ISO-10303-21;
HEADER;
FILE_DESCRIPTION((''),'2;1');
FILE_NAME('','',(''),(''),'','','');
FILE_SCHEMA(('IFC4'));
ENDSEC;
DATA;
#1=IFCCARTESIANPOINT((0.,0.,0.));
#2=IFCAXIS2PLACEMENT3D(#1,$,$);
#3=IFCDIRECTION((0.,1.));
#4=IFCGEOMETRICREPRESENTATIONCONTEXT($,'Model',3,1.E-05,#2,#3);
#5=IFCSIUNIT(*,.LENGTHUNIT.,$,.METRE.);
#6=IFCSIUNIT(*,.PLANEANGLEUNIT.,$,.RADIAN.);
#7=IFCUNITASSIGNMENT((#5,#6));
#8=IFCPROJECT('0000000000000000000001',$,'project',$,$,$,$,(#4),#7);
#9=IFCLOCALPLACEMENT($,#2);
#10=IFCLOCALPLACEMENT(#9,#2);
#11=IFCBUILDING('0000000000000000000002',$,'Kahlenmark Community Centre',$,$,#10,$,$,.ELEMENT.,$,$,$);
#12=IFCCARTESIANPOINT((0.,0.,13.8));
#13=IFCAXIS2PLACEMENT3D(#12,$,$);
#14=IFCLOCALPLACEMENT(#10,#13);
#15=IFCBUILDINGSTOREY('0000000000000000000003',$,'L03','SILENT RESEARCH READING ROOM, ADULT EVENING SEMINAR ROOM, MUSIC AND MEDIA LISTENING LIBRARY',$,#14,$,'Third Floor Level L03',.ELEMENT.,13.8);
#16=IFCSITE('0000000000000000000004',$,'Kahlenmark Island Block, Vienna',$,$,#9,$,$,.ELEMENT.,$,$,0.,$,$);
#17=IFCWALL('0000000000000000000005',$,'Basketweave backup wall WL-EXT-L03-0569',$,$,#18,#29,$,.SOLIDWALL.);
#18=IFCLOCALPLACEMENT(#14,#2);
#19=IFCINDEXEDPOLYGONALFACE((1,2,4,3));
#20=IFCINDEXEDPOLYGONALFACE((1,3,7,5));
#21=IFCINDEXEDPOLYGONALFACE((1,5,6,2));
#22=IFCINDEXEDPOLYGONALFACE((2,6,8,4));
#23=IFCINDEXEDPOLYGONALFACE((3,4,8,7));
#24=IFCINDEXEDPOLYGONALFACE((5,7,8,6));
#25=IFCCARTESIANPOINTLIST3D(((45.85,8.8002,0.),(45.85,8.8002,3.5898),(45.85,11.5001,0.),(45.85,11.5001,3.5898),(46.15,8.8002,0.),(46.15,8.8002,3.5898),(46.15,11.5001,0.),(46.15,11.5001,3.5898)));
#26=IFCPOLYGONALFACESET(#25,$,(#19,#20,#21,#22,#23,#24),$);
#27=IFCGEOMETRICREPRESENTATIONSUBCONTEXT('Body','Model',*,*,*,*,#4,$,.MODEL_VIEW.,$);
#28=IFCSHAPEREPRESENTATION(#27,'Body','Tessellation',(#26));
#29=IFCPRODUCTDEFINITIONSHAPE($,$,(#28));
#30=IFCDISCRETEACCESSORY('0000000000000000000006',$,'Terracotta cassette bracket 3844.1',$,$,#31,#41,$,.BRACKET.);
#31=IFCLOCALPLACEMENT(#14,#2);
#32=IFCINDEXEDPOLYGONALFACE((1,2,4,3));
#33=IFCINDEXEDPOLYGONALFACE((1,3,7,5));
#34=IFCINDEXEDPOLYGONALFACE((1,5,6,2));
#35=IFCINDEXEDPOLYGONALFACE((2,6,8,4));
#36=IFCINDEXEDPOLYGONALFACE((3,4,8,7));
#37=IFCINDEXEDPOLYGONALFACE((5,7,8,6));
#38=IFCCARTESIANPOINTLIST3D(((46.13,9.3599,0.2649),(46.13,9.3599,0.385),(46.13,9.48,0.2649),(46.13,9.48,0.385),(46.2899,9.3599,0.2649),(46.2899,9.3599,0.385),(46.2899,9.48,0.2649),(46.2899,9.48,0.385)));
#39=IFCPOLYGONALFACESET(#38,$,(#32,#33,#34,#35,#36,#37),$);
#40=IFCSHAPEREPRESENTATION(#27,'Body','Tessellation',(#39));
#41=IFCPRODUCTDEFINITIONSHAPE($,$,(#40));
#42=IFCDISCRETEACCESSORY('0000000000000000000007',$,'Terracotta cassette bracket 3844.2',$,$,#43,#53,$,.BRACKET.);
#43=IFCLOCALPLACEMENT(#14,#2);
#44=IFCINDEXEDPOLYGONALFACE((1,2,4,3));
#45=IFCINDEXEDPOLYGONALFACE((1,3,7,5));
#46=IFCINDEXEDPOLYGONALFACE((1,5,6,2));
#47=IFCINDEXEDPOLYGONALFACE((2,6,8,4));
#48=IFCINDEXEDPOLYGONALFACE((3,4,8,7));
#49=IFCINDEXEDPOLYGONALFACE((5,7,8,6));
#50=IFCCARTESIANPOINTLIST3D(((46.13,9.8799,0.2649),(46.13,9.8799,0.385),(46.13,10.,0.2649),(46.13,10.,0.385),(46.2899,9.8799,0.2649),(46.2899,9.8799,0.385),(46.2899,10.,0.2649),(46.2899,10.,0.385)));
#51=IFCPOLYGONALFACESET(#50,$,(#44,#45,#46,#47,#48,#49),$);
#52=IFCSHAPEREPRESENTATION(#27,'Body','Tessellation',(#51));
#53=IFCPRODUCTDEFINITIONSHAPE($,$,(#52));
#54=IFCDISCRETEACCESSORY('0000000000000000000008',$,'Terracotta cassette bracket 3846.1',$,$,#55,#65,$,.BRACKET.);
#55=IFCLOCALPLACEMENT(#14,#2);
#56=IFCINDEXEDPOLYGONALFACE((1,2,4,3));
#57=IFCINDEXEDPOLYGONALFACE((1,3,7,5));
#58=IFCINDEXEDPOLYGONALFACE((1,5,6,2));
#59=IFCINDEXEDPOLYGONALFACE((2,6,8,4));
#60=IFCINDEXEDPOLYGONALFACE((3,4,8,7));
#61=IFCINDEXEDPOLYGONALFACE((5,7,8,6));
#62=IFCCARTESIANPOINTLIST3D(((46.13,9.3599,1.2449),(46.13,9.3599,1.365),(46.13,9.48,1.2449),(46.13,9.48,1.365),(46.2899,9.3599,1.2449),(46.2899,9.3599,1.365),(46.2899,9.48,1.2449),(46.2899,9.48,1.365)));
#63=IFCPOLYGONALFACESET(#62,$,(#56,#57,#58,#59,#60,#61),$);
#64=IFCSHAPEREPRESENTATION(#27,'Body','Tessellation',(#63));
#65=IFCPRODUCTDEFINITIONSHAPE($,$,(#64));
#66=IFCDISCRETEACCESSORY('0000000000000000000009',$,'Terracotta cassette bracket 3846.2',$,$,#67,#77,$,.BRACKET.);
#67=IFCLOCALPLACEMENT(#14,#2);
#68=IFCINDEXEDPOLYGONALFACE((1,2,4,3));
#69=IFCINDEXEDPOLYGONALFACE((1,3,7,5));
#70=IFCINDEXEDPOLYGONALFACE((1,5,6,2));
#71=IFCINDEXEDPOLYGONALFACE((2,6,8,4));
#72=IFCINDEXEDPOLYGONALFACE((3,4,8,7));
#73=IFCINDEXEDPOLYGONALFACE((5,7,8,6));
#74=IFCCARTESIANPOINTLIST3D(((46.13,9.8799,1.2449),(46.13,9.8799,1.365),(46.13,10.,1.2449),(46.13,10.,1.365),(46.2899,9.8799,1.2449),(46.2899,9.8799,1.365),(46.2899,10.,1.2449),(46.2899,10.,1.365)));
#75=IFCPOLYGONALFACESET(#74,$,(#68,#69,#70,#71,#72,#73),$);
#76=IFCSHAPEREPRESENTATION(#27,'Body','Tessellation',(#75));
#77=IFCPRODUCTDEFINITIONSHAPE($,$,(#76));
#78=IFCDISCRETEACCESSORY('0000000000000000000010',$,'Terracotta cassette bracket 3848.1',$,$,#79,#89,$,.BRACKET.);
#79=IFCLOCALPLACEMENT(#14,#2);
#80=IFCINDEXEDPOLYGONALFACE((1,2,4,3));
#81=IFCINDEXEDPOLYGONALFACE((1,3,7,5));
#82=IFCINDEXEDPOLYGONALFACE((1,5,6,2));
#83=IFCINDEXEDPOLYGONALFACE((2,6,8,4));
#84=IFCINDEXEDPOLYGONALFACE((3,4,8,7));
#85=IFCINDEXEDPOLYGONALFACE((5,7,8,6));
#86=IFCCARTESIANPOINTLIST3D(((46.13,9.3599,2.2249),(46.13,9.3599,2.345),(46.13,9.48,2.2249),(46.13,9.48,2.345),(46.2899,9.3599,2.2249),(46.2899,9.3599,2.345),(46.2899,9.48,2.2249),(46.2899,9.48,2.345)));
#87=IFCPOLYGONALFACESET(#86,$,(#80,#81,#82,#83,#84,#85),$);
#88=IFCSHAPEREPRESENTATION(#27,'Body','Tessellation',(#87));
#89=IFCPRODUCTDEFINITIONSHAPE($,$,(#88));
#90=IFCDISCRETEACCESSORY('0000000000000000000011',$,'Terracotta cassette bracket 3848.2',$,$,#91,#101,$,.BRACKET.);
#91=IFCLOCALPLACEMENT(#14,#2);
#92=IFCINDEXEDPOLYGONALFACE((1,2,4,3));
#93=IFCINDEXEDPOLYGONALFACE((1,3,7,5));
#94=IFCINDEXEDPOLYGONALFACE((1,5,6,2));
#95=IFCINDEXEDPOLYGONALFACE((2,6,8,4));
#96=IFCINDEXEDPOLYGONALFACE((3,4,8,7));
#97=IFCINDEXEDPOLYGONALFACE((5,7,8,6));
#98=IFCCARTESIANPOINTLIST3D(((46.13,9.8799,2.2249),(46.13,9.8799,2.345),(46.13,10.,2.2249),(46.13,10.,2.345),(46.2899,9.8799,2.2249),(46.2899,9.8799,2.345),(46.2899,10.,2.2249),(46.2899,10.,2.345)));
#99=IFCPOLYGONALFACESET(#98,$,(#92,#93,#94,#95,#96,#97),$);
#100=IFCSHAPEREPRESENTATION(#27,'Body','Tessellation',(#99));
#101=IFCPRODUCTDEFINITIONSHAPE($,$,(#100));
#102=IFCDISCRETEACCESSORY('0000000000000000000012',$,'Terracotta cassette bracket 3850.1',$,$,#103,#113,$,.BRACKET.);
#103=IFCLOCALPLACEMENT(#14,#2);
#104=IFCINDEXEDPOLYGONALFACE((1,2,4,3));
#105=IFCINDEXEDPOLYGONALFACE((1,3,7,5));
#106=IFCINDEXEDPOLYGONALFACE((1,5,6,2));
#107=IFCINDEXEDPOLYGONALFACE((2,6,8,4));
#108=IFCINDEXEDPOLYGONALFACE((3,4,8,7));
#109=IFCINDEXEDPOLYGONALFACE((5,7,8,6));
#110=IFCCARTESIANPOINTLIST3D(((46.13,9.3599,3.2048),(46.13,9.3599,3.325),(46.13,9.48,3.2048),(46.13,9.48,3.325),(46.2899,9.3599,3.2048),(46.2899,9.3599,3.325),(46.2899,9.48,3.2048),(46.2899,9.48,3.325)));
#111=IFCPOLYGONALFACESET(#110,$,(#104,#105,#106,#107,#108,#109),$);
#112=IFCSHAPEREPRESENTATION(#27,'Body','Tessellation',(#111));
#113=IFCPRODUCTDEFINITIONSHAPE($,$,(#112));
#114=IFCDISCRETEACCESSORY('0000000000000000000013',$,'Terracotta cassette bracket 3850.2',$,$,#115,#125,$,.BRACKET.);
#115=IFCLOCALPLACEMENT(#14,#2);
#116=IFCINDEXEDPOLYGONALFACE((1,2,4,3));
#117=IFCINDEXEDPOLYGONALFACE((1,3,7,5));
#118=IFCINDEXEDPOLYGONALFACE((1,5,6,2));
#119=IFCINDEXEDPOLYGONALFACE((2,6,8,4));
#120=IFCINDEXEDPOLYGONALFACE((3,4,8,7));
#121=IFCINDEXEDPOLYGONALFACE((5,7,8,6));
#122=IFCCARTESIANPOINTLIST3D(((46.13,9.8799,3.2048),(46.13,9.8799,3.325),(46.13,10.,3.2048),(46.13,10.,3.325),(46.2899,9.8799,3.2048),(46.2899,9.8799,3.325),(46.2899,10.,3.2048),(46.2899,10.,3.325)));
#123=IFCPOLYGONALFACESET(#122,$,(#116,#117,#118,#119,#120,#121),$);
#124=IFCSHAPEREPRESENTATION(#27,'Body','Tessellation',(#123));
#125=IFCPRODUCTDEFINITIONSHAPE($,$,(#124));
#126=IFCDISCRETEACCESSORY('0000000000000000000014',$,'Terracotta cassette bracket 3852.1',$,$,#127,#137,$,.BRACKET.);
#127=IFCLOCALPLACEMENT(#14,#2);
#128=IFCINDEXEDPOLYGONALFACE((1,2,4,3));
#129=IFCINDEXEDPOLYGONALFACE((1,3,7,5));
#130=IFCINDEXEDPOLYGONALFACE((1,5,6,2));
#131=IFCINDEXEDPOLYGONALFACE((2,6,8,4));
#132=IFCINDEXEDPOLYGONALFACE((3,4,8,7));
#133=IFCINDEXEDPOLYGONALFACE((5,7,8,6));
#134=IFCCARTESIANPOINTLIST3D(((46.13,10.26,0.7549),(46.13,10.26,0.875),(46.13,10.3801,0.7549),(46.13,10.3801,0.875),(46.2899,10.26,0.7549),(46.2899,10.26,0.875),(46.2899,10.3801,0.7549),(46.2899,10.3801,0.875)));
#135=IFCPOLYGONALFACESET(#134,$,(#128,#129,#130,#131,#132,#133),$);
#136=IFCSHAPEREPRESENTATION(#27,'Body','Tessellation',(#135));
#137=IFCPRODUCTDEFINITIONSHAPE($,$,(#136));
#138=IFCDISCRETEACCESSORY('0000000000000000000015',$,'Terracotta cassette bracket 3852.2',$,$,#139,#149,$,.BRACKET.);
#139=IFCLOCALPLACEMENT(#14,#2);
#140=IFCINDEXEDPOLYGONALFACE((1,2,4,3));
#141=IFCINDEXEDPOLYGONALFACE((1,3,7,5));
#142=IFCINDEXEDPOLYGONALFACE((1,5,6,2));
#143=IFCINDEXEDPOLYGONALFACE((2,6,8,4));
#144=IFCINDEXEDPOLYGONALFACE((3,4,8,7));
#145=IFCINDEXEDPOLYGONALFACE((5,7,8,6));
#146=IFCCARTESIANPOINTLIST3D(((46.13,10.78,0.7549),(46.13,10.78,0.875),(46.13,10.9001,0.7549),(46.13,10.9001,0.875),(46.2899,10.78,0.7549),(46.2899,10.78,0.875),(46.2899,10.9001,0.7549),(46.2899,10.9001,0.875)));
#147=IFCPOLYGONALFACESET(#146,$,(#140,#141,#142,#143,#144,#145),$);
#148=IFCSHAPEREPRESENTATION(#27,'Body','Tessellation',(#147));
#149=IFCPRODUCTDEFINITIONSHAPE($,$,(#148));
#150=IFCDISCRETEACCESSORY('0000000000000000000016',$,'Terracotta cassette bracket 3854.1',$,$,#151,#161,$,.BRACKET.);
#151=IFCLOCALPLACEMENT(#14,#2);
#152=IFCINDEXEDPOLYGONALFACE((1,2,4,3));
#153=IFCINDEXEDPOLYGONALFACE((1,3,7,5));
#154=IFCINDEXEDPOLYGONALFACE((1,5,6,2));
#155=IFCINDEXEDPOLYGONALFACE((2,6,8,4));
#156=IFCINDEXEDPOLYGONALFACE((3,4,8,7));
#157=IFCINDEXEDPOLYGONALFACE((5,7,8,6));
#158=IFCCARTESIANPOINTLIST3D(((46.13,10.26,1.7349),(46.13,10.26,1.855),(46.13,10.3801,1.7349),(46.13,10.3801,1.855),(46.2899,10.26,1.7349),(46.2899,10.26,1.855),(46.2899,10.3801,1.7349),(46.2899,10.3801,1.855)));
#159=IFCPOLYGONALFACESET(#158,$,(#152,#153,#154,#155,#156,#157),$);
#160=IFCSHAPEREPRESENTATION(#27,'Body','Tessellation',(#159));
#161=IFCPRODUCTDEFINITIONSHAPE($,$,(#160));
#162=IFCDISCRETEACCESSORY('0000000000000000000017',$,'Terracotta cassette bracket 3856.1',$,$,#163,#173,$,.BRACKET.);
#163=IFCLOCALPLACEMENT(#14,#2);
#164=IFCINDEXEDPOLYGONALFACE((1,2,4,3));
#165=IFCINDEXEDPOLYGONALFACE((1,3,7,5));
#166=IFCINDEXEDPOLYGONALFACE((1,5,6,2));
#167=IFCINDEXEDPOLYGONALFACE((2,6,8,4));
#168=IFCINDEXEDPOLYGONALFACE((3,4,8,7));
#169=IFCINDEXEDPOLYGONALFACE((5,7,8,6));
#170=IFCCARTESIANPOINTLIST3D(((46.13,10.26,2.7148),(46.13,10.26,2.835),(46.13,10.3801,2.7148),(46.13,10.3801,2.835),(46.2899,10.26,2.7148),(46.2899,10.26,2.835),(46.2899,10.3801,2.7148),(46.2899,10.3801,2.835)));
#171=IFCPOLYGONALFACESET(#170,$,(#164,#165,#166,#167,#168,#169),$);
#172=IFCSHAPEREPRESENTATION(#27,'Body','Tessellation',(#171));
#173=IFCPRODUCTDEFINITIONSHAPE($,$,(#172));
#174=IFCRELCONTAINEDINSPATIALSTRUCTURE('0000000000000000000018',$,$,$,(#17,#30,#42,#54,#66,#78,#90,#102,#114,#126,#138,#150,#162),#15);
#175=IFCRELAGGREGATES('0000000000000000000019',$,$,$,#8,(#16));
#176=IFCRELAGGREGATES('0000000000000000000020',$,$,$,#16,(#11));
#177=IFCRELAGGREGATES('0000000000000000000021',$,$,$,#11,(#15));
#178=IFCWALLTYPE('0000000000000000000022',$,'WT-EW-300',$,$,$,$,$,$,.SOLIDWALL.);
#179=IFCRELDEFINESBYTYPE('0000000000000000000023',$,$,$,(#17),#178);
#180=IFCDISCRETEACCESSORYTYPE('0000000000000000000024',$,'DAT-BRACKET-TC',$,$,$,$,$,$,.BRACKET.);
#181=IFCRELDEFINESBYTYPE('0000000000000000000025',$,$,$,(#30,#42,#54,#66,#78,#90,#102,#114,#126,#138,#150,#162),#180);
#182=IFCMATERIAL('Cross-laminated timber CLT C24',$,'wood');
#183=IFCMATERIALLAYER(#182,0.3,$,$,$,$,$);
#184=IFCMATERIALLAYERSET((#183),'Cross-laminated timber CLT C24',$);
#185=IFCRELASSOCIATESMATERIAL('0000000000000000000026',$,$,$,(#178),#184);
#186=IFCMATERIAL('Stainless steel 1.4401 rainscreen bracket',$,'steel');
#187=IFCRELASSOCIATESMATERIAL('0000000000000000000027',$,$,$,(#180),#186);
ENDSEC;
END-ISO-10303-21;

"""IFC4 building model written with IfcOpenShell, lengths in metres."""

from ifc_helpers import new_model, si_unit, direction, frame, frame_2d, origin, origin_2d, place, context, subcontext, project, spatial, rectangle, extrude, material, layer, layer_set, type_object, element, save


model = new_model("IFC4")

# Units and contexts
model_context = context("Model", 3, precision=1e-05, world=origin(), true_north=direction((0.0, 1.0)))
body_context = subcontext(model_context, "Body", "Model", "MODEL_VIEW")
ifc_project = project(units=[si_unit("LENGTHUNIT", "METRE"), si_unit("PLANEANGLEUNIT", "RADIAN")], contexts=[model_context])

# Site, building, storey
site_placement = place(None, origin())
site = spatial("IfcSite", under=ifc_project, at=site_placement, Name="Kahlenmark Island Block, Vienna", CompositionType="ELEMENT", RefElevation=0.0)
building_placement = place(site_placement, origin())
building = spatial("IfcBuilding", under=site, at=building_placement, Name="Kahlenmark Community Centre", CompositionType="ELEMENT")
storey_placement = place(building_placement, frame((0.0, 0.0, 13.8)))
storey = spatial("IfcBuildingStorey", under=building, at=storey_placement, Name="L03", Description="SILENT RESEARCH READING ROOM, ADULT EVENING SEMINAR ROOM, MUSIC AND MEDIA LISTENING LIBRARY", LongName="Third Floor Level L03", CompositionType="ELEMENT", Elevation=13.8)

# Wall
ifc_material_1 = material(Name="Cross-laminated timber CLT C24", Category="wood")
ifc_layer_1 = layer(ifc_material_1, 0.3)
ifc_layer_set_1 = layer_set([ifc_layer_1], Name="Cross-laminated timber CLT C24")
wall_type = type_object("IfcWallType", Name="WT-EW-300", PredefinedType="SOLIDWALL", material=ifc_layer_set_1)
wall_placement = place(storey_placement, frame((46.0, 8.8, 0.0), z_axis=(0.0, 0.0, 1.0), x_axis=(0.0, 1.0, 0.0)))
element("IfcWall", 1, at=wall_placement, inside=storey, type_object=wall_type, Name="Basketweave backup wall WL-EXT-L03-0569", PredefinedType="SOLIDWALL", context=body_context, shape_type="SweptSolid", body=[
    extrude(rectangle(XDim=2.7, YDim=0.3, at=frame_2d((1.3501, 0.0))), origin(), (0.0, 0.0, 1.0), 3.5898),
])

# Discrete accessories
ifc_material_2 = material(Name="Stainless steel 1.4401 rainscreen bracket", Category="steel")
discrete_accessory_type = type_object("IfcDiscreteAccessoryType", Name="DAT-BRACKET-TC", PredefinedType="BRACKET", material=ifc_material_2)
for number, where, z_axis, x_axis, name in (
    (2, (46.21, 9.4199, 0.2649), (0.0, 0.0, 1.0), (0.0, 1.0, 0.0), "Terracotta cassette bracket 3844.1"),
    (3, (46.21, 9.9399, 0.2649), (0.0, 0.0, 1.0), (0.0, 1.0, 0.0), "Terracotta cassette bracket 3844.2"),
    (4, (46.21, 9.4199, 1.2449), (0.0, 0.0, 1.0), (0.0, 1.0, 0.0), "Terracotta cassette bracket 3846.1"),
    (5, (46.21, 9.9399, 1.2449), (0.0, 0.0, 1.0), (0.0, 1.0, 0.0), "Terracotta cassette bracket 3846.2"),
    (6, (46.21, 9.4199, 2.2249), (0.0, 0.0, 1.0), (0.0, 1.0, 0.0), "Terracotta cassette bracket 3848.1"),
    (7, (46.21, 9.9399, 2.2249), (0.0, 0.0, 1.0), (0.0, 1.0, 0.0), "Terracotta cassette bracket 3848.2"),
    (8, (46.21, 9.4199, 3.2048), (0.0, 0.0, 1.0), (0.0, 1.0, 0.0), "Terracotta cassette bracket 3850.1"),
    (9, (46.21, 9.9399, 3.2048), (0.0, 0.0, 1.0), (0.0, 1.0, 0.0), "Terracotta cassette bracket 3850.2"),
    (10, (46.21, 10.3201, 0.7549), (0.0, 0.0, 1.0), (0.0, 1.0, 0.0), "Terracotta cassette bracket 3852.1"),
    (11, (46.21, 10.8401, 0.7549), (0.0, 0.0, 1.0), (0.0, 1.0, 0.0), "Terracotta cassette bracket 3852.2"),
    (12, (46.21, 10.3201, 1.7349), (0.0, 0.0, 1.0), (0.0, 1.0, 0.0), "Terracotta cassette bracket 3854.1"),
    (13, (46.21, 10.3201, 2.7148), (0.0, 0.0, 1.0), (0.0, 1.0, 0.0), "Terracotta cassette bracket 3856.1"),
):
    element("IfcDiscreteAccessory", number, at=place(storey_placement, frame(where, z_axis=z_axis, x_axis=x_axis)), inside=storey, type_object=discrete_accessory_type, Name=name, PredefinedType="BRACKET", context=body_context, shape_type="SweptSolid", body=[
        extrude(rectangle(XDim=0.1201, YDim=0.1599, at=origin_2d()), origin(), (0.0, 0.0, 1.0), 0.1201),
    ])

save(model, "model.ifc")
